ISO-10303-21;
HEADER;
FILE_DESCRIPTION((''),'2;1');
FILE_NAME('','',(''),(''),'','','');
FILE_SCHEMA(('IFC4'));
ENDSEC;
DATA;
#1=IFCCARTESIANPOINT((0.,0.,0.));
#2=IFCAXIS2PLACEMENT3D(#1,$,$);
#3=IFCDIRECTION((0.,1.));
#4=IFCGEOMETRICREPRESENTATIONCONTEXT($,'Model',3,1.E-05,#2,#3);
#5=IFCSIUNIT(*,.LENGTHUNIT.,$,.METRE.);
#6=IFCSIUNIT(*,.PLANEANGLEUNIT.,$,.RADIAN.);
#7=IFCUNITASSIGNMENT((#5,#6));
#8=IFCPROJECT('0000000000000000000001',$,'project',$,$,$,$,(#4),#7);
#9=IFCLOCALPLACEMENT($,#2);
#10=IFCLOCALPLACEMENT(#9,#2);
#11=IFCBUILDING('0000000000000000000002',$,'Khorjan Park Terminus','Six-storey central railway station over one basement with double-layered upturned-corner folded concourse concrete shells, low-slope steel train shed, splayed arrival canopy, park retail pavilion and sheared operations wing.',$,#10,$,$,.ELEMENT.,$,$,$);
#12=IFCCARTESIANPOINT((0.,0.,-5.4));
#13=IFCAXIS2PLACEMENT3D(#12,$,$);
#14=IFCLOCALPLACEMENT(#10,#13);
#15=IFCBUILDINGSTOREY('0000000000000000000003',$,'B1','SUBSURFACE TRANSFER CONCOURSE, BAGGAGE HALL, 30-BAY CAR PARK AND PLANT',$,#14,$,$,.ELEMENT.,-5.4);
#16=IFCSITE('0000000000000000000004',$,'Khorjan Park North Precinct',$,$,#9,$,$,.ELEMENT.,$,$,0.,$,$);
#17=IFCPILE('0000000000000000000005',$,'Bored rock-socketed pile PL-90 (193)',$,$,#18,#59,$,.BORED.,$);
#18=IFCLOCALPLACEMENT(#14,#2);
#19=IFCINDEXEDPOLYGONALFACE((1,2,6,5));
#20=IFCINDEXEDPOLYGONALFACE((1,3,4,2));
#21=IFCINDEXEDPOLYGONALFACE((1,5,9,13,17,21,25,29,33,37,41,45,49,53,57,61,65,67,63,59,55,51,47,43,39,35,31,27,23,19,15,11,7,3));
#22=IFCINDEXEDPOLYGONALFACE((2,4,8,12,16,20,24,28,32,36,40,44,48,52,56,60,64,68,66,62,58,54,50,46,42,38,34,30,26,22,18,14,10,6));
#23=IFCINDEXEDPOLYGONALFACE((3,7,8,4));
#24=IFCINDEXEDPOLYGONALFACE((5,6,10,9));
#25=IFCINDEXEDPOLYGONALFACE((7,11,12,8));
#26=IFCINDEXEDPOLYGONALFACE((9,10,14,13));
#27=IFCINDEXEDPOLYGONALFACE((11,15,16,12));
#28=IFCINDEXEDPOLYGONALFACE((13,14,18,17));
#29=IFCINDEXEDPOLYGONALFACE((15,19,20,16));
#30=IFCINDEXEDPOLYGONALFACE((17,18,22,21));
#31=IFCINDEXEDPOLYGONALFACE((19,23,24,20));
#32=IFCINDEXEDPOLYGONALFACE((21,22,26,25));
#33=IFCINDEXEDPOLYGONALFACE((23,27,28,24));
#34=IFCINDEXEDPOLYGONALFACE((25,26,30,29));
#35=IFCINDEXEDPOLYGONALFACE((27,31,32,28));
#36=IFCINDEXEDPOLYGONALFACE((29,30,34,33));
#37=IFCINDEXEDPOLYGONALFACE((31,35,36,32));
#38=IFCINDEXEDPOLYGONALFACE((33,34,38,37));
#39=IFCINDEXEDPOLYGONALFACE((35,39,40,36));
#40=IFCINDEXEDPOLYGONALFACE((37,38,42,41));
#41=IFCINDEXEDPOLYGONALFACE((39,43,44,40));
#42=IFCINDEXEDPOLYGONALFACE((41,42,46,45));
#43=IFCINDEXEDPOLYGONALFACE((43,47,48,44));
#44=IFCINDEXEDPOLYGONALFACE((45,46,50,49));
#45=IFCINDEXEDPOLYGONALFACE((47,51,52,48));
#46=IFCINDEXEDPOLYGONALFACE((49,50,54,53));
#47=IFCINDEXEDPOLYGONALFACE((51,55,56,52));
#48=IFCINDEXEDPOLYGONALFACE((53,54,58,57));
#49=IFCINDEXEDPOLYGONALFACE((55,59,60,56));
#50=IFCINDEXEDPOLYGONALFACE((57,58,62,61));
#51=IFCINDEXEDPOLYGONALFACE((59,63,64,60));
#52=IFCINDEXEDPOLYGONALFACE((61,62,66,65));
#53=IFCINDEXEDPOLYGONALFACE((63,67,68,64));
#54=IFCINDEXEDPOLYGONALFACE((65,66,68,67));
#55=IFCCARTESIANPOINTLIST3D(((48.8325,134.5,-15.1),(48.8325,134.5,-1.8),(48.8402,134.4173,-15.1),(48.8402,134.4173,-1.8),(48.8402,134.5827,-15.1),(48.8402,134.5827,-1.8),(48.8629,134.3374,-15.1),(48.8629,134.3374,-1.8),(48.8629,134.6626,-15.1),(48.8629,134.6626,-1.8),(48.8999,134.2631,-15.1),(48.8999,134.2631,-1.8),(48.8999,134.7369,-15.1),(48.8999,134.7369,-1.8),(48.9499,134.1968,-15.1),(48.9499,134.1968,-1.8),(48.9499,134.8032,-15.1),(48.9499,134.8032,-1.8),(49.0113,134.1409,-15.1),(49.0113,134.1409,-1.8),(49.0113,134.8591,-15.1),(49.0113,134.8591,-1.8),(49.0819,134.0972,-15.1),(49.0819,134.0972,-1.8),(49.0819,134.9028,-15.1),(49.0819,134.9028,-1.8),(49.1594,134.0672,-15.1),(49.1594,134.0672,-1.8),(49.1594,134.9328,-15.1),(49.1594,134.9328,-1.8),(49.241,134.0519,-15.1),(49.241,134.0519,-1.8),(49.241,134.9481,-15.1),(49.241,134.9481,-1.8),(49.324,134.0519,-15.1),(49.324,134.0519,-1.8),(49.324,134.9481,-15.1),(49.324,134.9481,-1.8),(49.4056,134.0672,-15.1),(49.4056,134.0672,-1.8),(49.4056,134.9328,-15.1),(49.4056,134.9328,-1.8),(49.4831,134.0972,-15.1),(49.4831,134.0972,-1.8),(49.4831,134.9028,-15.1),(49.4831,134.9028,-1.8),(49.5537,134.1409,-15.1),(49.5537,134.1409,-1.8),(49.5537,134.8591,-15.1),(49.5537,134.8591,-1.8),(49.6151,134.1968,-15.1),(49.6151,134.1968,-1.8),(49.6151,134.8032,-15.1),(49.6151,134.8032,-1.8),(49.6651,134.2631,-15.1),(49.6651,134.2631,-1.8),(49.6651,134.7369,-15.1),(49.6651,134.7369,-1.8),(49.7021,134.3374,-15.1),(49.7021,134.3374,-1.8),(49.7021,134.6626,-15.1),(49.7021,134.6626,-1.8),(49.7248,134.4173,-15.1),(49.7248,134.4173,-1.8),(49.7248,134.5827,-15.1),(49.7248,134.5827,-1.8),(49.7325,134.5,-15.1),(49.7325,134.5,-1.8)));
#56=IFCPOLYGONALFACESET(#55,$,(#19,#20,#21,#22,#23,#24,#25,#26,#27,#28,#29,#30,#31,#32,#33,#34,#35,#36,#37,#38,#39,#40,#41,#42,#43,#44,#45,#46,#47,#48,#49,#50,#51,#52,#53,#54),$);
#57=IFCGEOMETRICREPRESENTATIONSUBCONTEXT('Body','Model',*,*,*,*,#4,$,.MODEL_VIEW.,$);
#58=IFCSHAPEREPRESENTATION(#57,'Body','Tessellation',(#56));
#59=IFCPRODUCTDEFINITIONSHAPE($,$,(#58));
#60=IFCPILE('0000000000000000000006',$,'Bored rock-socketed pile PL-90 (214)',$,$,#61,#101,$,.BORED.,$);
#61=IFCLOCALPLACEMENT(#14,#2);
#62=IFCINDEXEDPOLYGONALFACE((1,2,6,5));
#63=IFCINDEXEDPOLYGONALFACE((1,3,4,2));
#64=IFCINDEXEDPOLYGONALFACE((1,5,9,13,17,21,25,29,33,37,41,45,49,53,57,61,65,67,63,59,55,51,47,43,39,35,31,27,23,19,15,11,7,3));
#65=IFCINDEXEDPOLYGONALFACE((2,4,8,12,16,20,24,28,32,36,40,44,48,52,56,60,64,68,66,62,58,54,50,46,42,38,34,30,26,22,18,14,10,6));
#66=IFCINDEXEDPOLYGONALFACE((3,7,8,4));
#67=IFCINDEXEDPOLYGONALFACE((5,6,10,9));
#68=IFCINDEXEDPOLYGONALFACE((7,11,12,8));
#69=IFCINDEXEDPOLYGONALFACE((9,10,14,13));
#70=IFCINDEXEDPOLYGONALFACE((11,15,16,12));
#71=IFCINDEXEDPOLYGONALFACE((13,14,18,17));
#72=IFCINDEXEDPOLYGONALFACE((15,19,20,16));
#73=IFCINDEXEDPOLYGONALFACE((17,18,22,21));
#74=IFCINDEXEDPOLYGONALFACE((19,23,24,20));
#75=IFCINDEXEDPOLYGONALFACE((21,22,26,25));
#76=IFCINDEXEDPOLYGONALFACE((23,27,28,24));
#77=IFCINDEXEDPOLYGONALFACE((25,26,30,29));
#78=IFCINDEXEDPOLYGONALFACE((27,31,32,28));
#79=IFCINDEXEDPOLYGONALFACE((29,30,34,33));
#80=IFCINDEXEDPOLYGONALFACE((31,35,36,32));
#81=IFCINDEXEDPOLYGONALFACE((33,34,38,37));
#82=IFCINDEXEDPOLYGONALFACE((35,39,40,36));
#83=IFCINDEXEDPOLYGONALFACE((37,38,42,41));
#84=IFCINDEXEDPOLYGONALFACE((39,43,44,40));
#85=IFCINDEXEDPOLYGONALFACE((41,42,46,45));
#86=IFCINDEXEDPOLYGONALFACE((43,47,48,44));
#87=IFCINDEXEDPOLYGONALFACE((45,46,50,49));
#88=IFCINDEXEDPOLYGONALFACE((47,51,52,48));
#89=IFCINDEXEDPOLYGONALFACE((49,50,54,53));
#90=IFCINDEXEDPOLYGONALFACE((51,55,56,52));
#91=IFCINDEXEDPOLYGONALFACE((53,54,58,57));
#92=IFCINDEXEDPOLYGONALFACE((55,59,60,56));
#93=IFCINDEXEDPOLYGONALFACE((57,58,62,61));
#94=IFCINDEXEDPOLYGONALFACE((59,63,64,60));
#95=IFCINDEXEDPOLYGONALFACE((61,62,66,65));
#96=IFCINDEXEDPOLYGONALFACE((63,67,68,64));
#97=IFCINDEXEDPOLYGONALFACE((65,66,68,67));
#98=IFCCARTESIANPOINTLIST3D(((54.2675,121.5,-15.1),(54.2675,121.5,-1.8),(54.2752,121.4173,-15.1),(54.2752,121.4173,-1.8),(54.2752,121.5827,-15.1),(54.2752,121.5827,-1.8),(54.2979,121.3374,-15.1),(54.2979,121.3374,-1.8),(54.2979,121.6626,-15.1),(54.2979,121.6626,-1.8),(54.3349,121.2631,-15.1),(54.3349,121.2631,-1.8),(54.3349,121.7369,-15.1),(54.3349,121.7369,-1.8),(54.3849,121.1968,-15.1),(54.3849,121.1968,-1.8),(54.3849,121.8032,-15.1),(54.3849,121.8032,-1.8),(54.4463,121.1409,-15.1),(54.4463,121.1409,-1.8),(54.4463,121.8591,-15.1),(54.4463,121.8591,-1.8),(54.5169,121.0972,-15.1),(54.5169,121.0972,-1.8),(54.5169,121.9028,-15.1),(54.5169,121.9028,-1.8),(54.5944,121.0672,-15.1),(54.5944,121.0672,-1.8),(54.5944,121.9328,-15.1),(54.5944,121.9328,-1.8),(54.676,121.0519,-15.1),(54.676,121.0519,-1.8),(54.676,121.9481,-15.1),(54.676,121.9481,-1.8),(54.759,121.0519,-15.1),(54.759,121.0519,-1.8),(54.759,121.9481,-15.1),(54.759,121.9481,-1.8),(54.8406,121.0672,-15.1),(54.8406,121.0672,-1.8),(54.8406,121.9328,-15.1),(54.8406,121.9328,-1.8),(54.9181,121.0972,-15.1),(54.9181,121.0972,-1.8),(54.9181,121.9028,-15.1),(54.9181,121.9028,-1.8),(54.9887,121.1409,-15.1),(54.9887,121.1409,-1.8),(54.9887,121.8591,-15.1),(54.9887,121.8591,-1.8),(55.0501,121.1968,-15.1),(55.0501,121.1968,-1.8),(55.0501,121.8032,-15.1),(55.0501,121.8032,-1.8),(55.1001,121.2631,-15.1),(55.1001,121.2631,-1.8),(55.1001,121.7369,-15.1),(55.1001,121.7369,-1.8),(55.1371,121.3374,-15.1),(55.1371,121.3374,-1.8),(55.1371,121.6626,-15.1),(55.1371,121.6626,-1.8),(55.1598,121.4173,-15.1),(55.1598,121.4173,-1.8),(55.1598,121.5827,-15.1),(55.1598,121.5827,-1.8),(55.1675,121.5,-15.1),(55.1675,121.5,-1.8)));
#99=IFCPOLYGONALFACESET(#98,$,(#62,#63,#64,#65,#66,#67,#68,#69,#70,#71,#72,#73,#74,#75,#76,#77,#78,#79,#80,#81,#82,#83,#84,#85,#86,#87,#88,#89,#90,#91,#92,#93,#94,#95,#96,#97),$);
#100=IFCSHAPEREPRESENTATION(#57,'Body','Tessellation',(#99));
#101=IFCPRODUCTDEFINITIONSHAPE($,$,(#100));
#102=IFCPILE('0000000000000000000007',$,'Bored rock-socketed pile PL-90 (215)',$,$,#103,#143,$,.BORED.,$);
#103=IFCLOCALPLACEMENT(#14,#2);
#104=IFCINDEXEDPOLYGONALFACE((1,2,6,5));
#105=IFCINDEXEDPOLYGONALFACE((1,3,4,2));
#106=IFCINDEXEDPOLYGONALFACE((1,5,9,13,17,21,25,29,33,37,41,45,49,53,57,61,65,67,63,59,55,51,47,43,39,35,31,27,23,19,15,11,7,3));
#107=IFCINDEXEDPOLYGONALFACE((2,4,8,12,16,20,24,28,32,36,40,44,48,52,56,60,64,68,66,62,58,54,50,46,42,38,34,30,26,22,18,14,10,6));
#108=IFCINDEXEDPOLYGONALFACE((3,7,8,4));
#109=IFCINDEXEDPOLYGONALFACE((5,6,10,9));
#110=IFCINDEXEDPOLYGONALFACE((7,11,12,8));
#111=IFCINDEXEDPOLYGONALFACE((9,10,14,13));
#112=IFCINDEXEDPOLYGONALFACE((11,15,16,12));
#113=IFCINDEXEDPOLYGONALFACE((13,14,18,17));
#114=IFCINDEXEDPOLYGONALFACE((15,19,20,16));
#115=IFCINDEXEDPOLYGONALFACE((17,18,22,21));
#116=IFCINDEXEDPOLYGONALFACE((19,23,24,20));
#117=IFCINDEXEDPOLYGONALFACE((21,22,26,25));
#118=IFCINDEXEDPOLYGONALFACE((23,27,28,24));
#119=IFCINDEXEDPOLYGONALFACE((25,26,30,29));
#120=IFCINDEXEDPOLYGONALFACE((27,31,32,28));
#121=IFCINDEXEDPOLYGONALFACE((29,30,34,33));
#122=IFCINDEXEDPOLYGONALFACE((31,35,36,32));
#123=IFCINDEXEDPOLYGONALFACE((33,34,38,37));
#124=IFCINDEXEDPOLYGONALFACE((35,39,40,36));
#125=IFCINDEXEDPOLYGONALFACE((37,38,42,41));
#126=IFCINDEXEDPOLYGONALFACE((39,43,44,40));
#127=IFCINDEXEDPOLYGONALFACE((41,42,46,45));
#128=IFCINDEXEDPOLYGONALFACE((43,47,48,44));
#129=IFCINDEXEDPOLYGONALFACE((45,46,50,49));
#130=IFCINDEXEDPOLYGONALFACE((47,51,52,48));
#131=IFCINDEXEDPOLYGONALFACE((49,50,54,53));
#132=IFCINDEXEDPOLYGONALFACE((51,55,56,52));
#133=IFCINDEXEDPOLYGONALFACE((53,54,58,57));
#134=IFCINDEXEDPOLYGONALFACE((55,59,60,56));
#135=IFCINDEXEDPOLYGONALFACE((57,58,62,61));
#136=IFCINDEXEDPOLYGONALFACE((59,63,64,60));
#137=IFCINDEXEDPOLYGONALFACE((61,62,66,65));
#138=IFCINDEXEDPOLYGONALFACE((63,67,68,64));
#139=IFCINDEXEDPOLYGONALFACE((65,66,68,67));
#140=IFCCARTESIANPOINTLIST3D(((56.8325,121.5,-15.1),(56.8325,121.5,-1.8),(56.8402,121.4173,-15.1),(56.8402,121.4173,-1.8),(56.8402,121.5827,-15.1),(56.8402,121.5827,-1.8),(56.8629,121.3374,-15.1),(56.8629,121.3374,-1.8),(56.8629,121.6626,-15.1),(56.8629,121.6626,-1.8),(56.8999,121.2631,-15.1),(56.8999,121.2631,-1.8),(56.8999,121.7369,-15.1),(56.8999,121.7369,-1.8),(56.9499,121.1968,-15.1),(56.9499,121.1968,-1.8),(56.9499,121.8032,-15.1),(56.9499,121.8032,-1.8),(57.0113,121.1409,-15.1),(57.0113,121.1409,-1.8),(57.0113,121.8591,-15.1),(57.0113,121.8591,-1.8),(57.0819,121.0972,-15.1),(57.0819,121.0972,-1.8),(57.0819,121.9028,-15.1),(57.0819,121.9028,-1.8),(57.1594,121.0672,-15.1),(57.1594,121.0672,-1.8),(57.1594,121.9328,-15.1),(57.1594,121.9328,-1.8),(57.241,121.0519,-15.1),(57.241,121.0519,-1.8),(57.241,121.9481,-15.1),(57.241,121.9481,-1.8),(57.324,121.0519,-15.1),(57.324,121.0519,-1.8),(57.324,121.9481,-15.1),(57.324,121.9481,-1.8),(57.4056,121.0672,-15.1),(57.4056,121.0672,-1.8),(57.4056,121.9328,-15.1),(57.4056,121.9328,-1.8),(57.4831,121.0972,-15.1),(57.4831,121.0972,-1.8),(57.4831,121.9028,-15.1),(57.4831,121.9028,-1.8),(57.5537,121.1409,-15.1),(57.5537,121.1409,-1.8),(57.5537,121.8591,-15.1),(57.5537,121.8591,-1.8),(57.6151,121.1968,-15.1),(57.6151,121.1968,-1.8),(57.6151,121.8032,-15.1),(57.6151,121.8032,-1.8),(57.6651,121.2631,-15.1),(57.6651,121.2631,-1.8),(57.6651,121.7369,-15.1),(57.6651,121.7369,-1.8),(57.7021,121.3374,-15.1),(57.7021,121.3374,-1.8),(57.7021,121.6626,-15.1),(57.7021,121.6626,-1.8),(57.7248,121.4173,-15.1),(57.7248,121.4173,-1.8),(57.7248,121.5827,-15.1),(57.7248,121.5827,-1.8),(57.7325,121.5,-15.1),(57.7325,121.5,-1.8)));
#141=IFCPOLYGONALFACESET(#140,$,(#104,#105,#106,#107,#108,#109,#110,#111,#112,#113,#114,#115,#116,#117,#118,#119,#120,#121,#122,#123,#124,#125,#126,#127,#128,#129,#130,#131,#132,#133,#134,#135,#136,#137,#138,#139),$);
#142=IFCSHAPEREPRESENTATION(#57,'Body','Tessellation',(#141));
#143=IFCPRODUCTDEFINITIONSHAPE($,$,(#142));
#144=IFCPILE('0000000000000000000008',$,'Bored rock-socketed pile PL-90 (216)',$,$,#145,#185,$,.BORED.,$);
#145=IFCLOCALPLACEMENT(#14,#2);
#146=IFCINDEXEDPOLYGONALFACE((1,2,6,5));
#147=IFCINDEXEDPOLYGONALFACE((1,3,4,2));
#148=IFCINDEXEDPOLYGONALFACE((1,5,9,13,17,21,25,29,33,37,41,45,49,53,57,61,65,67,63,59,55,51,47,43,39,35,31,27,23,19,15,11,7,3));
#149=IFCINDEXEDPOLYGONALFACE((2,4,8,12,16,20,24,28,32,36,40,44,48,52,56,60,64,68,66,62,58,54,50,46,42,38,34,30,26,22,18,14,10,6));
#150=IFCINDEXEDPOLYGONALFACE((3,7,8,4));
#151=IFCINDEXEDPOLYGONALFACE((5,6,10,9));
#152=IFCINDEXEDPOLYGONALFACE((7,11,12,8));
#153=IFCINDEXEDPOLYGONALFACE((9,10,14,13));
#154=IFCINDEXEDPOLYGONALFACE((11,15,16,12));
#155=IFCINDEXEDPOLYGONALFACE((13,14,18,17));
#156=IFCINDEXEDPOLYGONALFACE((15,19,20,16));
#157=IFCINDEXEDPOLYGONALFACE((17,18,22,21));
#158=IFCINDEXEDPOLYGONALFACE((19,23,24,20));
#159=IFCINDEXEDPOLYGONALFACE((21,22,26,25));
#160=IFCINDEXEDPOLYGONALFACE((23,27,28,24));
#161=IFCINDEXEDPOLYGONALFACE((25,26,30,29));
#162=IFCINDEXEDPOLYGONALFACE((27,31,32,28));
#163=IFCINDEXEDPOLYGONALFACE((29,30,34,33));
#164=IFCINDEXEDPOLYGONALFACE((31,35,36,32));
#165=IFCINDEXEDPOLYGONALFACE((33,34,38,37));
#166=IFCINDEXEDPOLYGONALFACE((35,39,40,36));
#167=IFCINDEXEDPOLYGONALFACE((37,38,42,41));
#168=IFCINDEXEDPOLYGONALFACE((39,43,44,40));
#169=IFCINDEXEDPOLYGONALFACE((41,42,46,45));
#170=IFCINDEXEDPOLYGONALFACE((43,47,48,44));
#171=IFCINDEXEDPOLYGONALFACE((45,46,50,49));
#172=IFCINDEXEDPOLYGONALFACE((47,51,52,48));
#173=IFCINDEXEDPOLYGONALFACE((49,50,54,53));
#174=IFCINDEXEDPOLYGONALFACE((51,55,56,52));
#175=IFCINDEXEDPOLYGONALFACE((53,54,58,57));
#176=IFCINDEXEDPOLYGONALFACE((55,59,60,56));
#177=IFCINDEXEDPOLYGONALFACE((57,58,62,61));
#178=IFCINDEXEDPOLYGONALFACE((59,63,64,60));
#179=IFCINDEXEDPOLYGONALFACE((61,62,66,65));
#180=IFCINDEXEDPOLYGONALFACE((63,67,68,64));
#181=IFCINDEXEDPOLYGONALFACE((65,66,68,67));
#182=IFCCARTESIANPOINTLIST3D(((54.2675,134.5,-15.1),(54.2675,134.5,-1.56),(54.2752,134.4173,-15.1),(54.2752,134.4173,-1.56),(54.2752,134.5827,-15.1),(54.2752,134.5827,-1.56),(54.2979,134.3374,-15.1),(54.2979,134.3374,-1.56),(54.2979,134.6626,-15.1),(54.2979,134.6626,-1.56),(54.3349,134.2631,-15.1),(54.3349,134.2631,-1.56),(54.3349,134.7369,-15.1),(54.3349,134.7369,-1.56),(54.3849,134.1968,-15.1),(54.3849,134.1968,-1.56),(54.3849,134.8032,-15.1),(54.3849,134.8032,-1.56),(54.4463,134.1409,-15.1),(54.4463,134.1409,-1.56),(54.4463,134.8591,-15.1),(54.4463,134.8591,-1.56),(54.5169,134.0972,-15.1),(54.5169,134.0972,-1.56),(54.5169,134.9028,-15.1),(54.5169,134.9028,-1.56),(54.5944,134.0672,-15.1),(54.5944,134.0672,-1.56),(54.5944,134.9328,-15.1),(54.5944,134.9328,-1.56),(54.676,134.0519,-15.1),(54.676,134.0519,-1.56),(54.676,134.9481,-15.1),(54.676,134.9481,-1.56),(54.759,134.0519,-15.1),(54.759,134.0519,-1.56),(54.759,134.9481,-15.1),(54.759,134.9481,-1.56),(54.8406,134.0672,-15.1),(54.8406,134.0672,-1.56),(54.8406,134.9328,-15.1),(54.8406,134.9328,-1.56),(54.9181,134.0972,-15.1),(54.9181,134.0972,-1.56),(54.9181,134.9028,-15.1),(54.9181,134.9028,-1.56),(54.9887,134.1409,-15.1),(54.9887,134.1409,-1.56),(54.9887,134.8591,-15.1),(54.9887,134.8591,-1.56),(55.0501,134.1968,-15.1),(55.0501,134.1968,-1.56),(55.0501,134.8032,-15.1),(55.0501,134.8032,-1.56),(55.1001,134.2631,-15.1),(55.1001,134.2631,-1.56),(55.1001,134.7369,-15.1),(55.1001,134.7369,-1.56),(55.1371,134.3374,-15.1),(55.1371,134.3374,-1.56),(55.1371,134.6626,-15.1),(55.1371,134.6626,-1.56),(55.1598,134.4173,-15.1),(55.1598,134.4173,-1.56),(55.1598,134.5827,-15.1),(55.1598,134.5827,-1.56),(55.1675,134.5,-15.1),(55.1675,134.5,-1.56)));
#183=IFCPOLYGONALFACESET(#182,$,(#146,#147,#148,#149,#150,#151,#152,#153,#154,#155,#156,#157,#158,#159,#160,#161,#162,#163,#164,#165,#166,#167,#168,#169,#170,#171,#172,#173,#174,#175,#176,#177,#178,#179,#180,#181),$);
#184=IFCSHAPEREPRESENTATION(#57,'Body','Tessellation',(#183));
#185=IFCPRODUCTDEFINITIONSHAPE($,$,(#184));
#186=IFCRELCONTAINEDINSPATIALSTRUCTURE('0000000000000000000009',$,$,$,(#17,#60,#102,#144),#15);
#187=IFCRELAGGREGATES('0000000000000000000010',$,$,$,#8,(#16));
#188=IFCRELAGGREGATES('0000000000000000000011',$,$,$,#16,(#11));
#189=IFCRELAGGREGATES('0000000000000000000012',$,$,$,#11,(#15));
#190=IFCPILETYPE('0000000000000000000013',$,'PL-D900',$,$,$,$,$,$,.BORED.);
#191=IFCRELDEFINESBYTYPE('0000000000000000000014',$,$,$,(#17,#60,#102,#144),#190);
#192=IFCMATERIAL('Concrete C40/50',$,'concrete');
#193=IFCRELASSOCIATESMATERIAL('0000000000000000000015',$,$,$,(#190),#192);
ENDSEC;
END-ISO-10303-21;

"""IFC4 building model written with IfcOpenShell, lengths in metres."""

from ifc_helpers import new_model, si_unit, direction, frame, origin, origin_2d, place, context, subcontext, project, spatial, circle, extrude, material, material_profile, profile_set, type_object, element, save


model = new_model("IFC4")

# Units and contexts
model_context = context("Model", 3, precision=1e-05, world=origin(), true_north=direction((0.0, 1.0)))
body_context = subcontext(model_context, "Body", "Model", "MODEL_VIEW")
ifc_project = project(units=[si_unit("LENGTHUNIT", "METRE"), si_unit("PLANEANGLEUNIT", "RADIAN")], contexts=[model_context])

# Site, building, storey
site_placement = place(None, origin())
site = spatial("IfcSite", under=ifc_project, at=site_placement, Name="Khorjan Park North Precinct", CompositionType="ELEMENT", RefElevation=0.0)
building_placement = place(site_placement, origin())
building = spatial("IfcBuilding", under=site, at=building_placement, Name="Khorjan Park Terminus", Description="Six-storey central railway station over one basement with double-layered upturned-corner folded concourse concrete shells, low-slope steel train shed, splayed arrival canopy, park retail pavilion and sheared operations wing.", CompositionType="ELEMENT")
storey_placement = place(building_placement, frame((0.0, 0.0, -5.4)))
storey = spatial("IfcBuildingStorey", under=building, at=storey_placement, Name="B1", Description="SUBSURFACE TRANSFER CONCOURSE, BAGGAGE HALL, 30-BAY CAR PARK AND PLANT", CompositionType="ELEMENT", Elevation=-5.4)

# Shared definitions
ifc_material_1 = material(Name="Concrete C40/50", Category="concrete")

# Piles
ifc_material_profile_1 = material_profile(ifc_material_1, circle(Radius=0.45, at=origin_2d()), Name="BORED D900")
ifc_profile_set_1 = profile_set([ifc_material_profile_1], Name="Concrete C40/50")
pile_type_1 = type_object("IfcPileType", Name="PL-D900", PredefinedType="BORED", material=ifc_profile_set_1)
for number, where, z_axis, x_axis, name in (
    (1, (49.2825, 134.5, -1.8), (0.0, 0.0, -1.0), (1.0, 0.0, 0.0), "Bored rock-socketed pile PL-90 (193)"),
    (2, (54.7175, 121.5, -1.8), (0.0, 0.0, -1.0), (1.0, 0.0, 0.0), "Bored rock-socketed pile PL-90 (214)"),
    (3, (57.2825, 121.5, -1.8), (0.0, 0.0, -1.0), (1.0, 0.0, 0.0), "Bored rock-socketed pile PL-90 (215)"),
):
    element("IfcPile", number, at=place(storey_placement, frame(where, z_axis=z_axis, x_axis=x_axis)), inside=storey, type_object=pile_type_1, Name=name, PredefinedType="BORED", context=body_context, shape_type="SweptSolid", body=[
        extrude(circle(Radius=0.45, at=origin_2d()), origin(), (0.0, 0.0, 1.0), 13.3),
    ])
for number, where, z_axis, x_axis, name in (
    (4, (54.7175, 134.5, -1.56), (0.0, 0.0, -1.0), (1.0, 0.0, 0.0), "Bored rock-socketed pile PL-90 (216)"),
):
    element("IfcPile", number, at=place(storey_placement, frame(where, z_axis=z_axis, x_axis=x_axis)), inside=storey, type_object=pile_type_1, Name=name, PredefinedType="BORED", context=body_context, shape_type="SweptSolid", body=[
        extrude(circle(Radius=0.45, at=origin_2d()), origin(), (0.0, 0.0, 1.0), 13.54),
    ])

save(model, "model.ifc")
